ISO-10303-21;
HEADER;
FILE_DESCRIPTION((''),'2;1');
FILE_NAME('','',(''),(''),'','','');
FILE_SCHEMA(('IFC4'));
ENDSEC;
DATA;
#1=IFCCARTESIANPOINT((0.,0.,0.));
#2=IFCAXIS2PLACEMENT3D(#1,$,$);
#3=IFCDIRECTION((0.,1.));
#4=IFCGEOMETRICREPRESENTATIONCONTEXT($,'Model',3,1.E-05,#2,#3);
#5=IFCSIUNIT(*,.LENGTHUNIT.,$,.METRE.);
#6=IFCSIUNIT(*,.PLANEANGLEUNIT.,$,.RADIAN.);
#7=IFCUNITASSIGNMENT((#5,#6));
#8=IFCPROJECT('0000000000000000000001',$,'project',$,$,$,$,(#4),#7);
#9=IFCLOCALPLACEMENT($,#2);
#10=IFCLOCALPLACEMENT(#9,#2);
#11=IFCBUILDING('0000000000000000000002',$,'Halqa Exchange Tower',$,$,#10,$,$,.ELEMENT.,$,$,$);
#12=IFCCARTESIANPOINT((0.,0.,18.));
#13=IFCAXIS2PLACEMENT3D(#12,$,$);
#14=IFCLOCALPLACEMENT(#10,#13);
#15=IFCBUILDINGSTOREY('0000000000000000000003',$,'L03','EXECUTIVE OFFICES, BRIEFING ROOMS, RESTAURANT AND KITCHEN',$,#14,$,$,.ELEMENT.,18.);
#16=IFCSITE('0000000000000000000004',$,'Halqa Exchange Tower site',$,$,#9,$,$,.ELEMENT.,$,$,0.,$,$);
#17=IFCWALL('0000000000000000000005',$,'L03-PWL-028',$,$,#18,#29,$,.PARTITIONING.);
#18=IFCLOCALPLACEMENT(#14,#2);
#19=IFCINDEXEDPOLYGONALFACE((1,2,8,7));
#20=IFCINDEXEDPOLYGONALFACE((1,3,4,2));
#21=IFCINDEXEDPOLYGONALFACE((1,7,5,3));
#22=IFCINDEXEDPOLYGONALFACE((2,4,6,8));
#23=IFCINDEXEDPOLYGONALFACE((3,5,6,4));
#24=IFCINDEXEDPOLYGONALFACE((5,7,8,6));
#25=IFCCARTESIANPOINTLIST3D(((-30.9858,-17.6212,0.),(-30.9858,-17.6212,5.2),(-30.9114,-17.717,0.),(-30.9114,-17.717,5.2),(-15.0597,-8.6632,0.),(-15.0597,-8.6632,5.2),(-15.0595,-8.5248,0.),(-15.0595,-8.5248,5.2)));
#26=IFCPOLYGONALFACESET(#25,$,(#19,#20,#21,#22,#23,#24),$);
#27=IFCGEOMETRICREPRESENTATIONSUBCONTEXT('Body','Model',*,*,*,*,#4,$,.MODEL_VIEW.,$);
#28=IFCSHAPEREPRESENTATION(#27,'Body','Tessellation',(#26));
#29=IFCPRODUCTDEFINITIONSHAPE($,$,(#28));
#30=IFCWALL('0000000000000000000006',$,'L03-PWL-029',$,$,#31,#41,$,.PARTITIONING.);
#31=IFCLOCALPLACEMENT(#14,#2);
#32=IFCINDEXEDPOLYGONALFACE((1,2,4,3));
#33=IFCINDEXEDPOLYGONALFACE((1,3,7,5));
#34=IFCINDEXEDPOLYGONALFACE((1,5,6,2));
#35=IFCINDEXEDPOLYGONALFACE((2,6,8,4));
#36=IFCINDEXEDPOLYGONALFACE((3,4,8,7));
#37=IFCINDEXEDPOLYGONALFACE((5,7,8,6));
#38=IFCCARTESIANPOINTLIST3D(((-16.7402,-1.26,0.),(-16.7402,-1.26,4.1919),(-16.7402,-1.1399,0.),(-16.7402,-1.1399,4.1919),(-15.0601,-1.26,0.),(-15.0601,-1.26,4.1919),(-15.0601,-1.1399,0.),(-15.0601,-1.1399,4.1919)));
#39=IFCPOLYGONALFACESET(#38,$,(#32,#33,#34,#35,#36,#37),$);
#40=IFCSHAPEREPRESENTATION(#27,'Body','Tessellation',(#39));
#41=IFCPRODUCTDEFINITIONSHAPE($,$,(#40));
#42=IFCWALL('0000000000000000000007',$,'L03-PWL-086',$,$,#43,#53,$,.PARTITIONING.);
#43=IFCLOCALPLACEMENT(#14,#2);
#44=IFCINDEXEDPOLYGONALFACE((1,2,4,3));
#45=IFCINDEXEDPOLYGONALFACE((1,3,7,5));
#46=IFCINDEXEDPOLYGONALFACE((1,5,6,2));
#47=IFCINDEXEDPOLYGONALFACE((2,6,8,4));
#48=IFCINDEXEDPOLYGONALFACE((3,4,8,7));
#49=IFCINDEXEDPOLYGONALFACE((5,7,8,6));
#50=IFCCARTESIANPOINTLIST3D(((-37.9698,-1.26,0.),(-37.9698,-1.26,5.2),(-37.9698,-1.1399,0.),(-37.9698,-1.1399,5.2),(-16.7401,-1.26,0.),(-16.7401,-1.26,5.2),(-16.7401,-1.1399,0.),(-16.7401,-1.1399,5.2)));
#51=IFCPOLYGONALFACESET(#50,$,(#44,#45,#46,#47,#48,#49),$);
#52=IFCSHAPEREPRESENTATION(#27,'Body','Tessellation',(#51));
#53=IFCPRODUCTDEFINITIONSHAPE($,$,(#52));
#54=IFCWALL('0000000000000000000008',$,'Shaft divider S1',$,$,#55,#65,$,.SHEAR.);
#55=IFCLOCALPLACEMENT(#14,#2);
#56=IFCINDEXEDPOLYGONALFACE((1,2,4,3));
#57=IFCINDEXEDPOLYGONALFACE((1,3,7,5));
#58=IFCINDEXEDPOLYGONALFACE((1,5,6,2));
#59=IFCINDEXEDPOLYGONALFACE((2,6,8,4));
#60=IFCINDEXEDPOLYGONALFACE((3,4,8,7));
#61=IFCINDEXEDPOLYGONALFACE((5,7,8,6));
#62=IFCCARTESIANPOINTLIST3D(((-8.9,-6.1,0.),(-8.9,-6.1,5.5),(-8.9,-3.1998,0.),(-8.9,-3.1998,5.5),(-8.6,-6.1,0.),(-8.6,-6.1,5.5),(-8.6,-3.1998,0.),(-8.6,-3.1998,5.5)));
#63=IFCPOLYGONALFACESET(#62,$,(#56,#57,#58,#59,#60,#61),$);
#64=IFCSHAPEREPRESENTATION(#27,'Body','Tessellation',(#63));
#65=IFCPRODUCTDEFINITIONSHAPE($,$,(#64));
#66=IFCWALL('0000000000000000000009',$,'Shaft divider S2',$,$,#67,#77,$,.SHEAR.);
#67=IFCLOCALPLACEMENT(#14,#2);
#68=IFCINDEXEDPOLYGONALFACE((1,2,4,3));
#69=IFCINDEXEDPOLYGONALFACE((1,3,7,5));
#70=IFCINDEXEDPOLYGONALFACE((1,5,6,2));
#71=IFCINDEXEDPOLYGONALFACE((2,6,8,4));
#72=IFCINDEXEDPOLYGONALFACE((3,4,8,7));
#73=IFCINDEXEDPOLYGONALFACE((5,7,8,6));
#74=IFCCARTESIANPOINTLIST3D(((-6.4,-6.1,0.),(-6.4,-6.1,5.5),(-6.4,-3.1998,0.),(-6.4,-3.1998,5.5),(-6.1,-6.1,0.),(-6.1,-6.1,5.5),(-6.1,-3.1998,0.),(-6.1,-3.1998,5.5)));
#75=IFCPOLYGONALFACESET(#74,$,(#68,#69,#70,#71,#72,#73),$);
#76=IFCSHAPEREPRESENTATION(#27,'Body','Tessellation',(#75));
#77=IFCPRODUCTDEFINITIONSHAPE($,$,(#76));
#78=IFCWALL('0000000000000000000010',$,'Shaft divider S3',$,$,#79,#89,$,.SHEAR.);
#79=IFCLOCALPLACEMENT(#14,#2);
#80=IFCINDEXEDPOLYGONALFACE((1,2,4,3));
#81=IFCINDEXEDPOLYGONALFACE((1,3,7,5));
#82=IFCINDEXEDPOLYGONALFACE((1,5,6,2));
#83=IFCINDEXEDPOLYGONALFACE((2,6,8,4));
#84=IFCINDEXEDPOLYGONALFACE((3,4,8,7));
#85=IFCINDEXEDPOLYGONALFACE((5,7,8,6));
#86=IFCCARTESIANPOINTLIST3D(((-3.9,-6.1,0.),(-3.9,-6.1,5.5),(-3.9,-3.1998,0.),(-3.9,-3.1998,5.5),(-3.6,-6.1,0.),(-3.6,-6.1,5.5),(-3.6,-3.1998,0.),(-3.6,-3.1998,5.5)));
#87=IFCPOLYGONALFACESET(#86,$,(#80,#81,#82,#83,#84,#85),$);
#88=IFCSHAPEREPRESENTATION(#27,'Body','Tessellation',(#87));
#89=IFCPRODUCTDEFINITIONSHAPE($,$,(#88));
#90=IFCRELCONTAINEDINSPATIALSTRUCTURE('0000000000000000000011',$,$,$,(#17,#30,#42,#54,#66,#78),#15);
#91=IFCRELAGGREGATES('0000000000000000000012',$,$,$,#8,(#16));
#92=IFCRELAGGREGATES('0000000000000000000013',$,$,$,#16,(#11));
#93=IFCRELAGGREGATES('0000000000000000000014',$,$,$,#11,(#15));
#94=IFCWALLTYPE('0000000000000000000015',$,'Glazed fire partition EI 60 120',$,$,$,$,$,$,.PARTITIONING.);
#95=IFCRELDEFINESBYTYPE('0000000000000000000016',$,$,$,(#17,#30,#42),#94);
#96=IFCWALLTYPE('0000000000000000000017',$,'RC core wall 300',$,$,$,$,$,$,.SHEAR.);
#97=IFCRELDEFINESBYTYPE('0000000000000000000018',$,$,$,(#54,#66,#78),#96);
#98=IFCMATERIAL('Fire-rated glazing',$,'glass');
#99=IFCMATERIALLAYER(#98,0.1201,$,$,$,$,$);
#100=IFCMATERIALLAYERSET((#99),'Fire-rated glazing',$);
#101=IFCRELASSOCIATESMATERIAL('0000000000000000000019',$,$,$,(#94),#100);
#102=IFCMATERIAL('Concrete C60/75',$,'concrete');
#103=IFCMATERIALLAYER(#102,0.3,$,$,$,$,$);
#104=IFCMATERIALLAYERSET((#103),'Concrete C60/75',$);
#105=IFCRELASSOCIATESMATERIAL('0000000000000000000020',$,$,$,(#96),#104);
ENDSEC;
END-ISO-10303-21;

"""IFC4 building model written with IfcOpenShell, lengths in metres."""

from ifc_helpers import new_model, si_unit, direction, frame, frame_2d, origin, place, context, subcontext, project, spatial, polyline, rectangle, outline, extrude, material, layer, layer_set, type_object, element, save


model = new_model("IFC4")

# Units and contexts
model_context = context("Model", 3, precision=1e-05, world=origin(), true_north=direction((0.0, 1.0)))
body_context = subcontext(model_context, "Body", "Model", "MODEL_VIEW")
ifc_project = project(units=[si_unit("LENGTHUNIT", "METRE"), si_unit("PLANEANGLEUNIT", "RADIAN")], contexts=[model_context])

# Site, building, storey
site_placement = place(None, origin())
site = spatial("IfcSite", under=ifc_project, at=site_placement, Name="Halqa Exchange Tower site", CompositionType="ELEMENT", RefElevation=0.0)
building_placement = place(site_placement, origin())
building = spatial("IfcBuilding", under=site, at=building_placement, Name="Halqa Exchange Tower", CompositionType="ELEMENT")
storey_placement = place(building_placement, frame((0.0, 0.0, 18.0)))
storey = spatial("IfcBuildingStorey", under=building, at=storey_placement, Name="L03", Description="EXECUTIVE OFFICES, BRIEFING ROOMS, RESTAURANT AND KITCHEN", CompositionType="ELEMENT", Elevation=18.0)

# Walls
ifc_material_1 = material(Name="Fire-rated glazing", Category="glass")
ifc_layer_1 = layer(ifc_material_1, 0.1201)
ifc_layer_set_1 = layer_set([ifc_layer_1], Name="Fire-rated glazing")
wall_type_1 = type_object("IfcWallType", Name="Glazed fire partition EI 60 120", PredefinedType="PARTITIONING", material=ifc_layer_set_1)
wall_1_placement = place(storey_placement, frame((-15.0596, -8.594, 0.0), z_axis=(0.0, 0.0, 1.0), x_axis=(-0.868345, -0.495961, 0.0)))
element("IfcWall", 1, at=wall_1_placement, inside=storey, type_object=wall_type_1, Name="L03-PWL-028", PredefinedType="PARTITIONING", context=body_context, shape_type="SweptSolid", body=[
    extrude(outline(polyline([(-0.0344, -0.0601), (18.3066, -0.0601), (18.2896, 0.0601), (0.0344, 0.0601), (-0.0344, -0.0601)])), origin(), (0.0, 0.0, 1.0), 5.2),
])
wall_2_placement = place(storey_placement, frame((-15.0601, -1.2, 0.0), z_axis=(0.0, 0.0, 1.0), x_axis=(-1.0, 0.0, 0.0)))
element("IfcWall", 2, at=wall_2_placement, inside=storey, type_object=wall_type_1, Name="L03-PWL-029", PredefinedType="PARTITIONING", context=body_context, shape_type="SweptSolid", body=[
    extrude(rectangle(XDim=1.6802, YDim=0.1201, at=frame_2d((0.8401, 0.0))), origin(), (0.0, 0.0, 1.0), 4.1919),
])
wall_3_placement = place(storey_placement, frame((-16.7402, -1.2, 0.0), z_axis=(0.0, 0.0, 1.0), x_axis=(-1.0, 0.0, 0.0)))
element("IfcWall", 3, at=wall_3_placement, inside=storey, type_object=wall_type_1, Name="L03-PWL-086", PredefinedType="PARTITIONING", context=body_context, shape_type="SweptSolid", body=[
    extrude(rectangle(XDim=21.2297, YDim=0.1201, at=frame_2d((10.6147, 0.0))), origin(), (0.0, 0.0, 1.0), 5.2),
])
ifc_material_2 = material(Name="Concrete C60/75", Category="concrete")
ifc_layer_2 = layer(ifc_material_2, 0.3)
ifc_layer_set_2 = layer_set([ifc_layer_2], Name="Concrete C60/75")
wall_type_2 = type_object("IfcWallType", Name="RC core wall 300", PredefinedType="SHEAR", material=ifc_layer_set_2)
for number, where, z_axis, x_axis, name in (
    (4, (-8.75, -6.1001, 0.0), (0.0, 0.0, 1.0), (0.0, 1.0, 0.0), "Shaft divider S1"),
    (5, (-6.25, -6.1001, 0.0), (0.0, 0.0, 1.0), (0.0, 1.0, 0.0), "Shaft divider S2"),
    (6, (-3.75, -6.1001, 0.0), (0.0, 0.0, 1.0), (0.0, 1.0, 0.0), "Shaft divider S3"),
):
    element("IfcWall", number, at=place(storey_placement, frame(where, z_axis=z_axis, x_axis=x_axis)), inside=storey, type_object=wall_type_2, Name=name, PredefinedType="SHEAR", context=body_context, shape_type="SweptSolid", body=[
        extrude(rectangle(XDim=2.9001, YDim=0.3, at=frame_2d((1.4502, 0.0))), origin(), (0.0, 0.0, 1.0), 5.5),
    ])

save(model, "model.ifc")
